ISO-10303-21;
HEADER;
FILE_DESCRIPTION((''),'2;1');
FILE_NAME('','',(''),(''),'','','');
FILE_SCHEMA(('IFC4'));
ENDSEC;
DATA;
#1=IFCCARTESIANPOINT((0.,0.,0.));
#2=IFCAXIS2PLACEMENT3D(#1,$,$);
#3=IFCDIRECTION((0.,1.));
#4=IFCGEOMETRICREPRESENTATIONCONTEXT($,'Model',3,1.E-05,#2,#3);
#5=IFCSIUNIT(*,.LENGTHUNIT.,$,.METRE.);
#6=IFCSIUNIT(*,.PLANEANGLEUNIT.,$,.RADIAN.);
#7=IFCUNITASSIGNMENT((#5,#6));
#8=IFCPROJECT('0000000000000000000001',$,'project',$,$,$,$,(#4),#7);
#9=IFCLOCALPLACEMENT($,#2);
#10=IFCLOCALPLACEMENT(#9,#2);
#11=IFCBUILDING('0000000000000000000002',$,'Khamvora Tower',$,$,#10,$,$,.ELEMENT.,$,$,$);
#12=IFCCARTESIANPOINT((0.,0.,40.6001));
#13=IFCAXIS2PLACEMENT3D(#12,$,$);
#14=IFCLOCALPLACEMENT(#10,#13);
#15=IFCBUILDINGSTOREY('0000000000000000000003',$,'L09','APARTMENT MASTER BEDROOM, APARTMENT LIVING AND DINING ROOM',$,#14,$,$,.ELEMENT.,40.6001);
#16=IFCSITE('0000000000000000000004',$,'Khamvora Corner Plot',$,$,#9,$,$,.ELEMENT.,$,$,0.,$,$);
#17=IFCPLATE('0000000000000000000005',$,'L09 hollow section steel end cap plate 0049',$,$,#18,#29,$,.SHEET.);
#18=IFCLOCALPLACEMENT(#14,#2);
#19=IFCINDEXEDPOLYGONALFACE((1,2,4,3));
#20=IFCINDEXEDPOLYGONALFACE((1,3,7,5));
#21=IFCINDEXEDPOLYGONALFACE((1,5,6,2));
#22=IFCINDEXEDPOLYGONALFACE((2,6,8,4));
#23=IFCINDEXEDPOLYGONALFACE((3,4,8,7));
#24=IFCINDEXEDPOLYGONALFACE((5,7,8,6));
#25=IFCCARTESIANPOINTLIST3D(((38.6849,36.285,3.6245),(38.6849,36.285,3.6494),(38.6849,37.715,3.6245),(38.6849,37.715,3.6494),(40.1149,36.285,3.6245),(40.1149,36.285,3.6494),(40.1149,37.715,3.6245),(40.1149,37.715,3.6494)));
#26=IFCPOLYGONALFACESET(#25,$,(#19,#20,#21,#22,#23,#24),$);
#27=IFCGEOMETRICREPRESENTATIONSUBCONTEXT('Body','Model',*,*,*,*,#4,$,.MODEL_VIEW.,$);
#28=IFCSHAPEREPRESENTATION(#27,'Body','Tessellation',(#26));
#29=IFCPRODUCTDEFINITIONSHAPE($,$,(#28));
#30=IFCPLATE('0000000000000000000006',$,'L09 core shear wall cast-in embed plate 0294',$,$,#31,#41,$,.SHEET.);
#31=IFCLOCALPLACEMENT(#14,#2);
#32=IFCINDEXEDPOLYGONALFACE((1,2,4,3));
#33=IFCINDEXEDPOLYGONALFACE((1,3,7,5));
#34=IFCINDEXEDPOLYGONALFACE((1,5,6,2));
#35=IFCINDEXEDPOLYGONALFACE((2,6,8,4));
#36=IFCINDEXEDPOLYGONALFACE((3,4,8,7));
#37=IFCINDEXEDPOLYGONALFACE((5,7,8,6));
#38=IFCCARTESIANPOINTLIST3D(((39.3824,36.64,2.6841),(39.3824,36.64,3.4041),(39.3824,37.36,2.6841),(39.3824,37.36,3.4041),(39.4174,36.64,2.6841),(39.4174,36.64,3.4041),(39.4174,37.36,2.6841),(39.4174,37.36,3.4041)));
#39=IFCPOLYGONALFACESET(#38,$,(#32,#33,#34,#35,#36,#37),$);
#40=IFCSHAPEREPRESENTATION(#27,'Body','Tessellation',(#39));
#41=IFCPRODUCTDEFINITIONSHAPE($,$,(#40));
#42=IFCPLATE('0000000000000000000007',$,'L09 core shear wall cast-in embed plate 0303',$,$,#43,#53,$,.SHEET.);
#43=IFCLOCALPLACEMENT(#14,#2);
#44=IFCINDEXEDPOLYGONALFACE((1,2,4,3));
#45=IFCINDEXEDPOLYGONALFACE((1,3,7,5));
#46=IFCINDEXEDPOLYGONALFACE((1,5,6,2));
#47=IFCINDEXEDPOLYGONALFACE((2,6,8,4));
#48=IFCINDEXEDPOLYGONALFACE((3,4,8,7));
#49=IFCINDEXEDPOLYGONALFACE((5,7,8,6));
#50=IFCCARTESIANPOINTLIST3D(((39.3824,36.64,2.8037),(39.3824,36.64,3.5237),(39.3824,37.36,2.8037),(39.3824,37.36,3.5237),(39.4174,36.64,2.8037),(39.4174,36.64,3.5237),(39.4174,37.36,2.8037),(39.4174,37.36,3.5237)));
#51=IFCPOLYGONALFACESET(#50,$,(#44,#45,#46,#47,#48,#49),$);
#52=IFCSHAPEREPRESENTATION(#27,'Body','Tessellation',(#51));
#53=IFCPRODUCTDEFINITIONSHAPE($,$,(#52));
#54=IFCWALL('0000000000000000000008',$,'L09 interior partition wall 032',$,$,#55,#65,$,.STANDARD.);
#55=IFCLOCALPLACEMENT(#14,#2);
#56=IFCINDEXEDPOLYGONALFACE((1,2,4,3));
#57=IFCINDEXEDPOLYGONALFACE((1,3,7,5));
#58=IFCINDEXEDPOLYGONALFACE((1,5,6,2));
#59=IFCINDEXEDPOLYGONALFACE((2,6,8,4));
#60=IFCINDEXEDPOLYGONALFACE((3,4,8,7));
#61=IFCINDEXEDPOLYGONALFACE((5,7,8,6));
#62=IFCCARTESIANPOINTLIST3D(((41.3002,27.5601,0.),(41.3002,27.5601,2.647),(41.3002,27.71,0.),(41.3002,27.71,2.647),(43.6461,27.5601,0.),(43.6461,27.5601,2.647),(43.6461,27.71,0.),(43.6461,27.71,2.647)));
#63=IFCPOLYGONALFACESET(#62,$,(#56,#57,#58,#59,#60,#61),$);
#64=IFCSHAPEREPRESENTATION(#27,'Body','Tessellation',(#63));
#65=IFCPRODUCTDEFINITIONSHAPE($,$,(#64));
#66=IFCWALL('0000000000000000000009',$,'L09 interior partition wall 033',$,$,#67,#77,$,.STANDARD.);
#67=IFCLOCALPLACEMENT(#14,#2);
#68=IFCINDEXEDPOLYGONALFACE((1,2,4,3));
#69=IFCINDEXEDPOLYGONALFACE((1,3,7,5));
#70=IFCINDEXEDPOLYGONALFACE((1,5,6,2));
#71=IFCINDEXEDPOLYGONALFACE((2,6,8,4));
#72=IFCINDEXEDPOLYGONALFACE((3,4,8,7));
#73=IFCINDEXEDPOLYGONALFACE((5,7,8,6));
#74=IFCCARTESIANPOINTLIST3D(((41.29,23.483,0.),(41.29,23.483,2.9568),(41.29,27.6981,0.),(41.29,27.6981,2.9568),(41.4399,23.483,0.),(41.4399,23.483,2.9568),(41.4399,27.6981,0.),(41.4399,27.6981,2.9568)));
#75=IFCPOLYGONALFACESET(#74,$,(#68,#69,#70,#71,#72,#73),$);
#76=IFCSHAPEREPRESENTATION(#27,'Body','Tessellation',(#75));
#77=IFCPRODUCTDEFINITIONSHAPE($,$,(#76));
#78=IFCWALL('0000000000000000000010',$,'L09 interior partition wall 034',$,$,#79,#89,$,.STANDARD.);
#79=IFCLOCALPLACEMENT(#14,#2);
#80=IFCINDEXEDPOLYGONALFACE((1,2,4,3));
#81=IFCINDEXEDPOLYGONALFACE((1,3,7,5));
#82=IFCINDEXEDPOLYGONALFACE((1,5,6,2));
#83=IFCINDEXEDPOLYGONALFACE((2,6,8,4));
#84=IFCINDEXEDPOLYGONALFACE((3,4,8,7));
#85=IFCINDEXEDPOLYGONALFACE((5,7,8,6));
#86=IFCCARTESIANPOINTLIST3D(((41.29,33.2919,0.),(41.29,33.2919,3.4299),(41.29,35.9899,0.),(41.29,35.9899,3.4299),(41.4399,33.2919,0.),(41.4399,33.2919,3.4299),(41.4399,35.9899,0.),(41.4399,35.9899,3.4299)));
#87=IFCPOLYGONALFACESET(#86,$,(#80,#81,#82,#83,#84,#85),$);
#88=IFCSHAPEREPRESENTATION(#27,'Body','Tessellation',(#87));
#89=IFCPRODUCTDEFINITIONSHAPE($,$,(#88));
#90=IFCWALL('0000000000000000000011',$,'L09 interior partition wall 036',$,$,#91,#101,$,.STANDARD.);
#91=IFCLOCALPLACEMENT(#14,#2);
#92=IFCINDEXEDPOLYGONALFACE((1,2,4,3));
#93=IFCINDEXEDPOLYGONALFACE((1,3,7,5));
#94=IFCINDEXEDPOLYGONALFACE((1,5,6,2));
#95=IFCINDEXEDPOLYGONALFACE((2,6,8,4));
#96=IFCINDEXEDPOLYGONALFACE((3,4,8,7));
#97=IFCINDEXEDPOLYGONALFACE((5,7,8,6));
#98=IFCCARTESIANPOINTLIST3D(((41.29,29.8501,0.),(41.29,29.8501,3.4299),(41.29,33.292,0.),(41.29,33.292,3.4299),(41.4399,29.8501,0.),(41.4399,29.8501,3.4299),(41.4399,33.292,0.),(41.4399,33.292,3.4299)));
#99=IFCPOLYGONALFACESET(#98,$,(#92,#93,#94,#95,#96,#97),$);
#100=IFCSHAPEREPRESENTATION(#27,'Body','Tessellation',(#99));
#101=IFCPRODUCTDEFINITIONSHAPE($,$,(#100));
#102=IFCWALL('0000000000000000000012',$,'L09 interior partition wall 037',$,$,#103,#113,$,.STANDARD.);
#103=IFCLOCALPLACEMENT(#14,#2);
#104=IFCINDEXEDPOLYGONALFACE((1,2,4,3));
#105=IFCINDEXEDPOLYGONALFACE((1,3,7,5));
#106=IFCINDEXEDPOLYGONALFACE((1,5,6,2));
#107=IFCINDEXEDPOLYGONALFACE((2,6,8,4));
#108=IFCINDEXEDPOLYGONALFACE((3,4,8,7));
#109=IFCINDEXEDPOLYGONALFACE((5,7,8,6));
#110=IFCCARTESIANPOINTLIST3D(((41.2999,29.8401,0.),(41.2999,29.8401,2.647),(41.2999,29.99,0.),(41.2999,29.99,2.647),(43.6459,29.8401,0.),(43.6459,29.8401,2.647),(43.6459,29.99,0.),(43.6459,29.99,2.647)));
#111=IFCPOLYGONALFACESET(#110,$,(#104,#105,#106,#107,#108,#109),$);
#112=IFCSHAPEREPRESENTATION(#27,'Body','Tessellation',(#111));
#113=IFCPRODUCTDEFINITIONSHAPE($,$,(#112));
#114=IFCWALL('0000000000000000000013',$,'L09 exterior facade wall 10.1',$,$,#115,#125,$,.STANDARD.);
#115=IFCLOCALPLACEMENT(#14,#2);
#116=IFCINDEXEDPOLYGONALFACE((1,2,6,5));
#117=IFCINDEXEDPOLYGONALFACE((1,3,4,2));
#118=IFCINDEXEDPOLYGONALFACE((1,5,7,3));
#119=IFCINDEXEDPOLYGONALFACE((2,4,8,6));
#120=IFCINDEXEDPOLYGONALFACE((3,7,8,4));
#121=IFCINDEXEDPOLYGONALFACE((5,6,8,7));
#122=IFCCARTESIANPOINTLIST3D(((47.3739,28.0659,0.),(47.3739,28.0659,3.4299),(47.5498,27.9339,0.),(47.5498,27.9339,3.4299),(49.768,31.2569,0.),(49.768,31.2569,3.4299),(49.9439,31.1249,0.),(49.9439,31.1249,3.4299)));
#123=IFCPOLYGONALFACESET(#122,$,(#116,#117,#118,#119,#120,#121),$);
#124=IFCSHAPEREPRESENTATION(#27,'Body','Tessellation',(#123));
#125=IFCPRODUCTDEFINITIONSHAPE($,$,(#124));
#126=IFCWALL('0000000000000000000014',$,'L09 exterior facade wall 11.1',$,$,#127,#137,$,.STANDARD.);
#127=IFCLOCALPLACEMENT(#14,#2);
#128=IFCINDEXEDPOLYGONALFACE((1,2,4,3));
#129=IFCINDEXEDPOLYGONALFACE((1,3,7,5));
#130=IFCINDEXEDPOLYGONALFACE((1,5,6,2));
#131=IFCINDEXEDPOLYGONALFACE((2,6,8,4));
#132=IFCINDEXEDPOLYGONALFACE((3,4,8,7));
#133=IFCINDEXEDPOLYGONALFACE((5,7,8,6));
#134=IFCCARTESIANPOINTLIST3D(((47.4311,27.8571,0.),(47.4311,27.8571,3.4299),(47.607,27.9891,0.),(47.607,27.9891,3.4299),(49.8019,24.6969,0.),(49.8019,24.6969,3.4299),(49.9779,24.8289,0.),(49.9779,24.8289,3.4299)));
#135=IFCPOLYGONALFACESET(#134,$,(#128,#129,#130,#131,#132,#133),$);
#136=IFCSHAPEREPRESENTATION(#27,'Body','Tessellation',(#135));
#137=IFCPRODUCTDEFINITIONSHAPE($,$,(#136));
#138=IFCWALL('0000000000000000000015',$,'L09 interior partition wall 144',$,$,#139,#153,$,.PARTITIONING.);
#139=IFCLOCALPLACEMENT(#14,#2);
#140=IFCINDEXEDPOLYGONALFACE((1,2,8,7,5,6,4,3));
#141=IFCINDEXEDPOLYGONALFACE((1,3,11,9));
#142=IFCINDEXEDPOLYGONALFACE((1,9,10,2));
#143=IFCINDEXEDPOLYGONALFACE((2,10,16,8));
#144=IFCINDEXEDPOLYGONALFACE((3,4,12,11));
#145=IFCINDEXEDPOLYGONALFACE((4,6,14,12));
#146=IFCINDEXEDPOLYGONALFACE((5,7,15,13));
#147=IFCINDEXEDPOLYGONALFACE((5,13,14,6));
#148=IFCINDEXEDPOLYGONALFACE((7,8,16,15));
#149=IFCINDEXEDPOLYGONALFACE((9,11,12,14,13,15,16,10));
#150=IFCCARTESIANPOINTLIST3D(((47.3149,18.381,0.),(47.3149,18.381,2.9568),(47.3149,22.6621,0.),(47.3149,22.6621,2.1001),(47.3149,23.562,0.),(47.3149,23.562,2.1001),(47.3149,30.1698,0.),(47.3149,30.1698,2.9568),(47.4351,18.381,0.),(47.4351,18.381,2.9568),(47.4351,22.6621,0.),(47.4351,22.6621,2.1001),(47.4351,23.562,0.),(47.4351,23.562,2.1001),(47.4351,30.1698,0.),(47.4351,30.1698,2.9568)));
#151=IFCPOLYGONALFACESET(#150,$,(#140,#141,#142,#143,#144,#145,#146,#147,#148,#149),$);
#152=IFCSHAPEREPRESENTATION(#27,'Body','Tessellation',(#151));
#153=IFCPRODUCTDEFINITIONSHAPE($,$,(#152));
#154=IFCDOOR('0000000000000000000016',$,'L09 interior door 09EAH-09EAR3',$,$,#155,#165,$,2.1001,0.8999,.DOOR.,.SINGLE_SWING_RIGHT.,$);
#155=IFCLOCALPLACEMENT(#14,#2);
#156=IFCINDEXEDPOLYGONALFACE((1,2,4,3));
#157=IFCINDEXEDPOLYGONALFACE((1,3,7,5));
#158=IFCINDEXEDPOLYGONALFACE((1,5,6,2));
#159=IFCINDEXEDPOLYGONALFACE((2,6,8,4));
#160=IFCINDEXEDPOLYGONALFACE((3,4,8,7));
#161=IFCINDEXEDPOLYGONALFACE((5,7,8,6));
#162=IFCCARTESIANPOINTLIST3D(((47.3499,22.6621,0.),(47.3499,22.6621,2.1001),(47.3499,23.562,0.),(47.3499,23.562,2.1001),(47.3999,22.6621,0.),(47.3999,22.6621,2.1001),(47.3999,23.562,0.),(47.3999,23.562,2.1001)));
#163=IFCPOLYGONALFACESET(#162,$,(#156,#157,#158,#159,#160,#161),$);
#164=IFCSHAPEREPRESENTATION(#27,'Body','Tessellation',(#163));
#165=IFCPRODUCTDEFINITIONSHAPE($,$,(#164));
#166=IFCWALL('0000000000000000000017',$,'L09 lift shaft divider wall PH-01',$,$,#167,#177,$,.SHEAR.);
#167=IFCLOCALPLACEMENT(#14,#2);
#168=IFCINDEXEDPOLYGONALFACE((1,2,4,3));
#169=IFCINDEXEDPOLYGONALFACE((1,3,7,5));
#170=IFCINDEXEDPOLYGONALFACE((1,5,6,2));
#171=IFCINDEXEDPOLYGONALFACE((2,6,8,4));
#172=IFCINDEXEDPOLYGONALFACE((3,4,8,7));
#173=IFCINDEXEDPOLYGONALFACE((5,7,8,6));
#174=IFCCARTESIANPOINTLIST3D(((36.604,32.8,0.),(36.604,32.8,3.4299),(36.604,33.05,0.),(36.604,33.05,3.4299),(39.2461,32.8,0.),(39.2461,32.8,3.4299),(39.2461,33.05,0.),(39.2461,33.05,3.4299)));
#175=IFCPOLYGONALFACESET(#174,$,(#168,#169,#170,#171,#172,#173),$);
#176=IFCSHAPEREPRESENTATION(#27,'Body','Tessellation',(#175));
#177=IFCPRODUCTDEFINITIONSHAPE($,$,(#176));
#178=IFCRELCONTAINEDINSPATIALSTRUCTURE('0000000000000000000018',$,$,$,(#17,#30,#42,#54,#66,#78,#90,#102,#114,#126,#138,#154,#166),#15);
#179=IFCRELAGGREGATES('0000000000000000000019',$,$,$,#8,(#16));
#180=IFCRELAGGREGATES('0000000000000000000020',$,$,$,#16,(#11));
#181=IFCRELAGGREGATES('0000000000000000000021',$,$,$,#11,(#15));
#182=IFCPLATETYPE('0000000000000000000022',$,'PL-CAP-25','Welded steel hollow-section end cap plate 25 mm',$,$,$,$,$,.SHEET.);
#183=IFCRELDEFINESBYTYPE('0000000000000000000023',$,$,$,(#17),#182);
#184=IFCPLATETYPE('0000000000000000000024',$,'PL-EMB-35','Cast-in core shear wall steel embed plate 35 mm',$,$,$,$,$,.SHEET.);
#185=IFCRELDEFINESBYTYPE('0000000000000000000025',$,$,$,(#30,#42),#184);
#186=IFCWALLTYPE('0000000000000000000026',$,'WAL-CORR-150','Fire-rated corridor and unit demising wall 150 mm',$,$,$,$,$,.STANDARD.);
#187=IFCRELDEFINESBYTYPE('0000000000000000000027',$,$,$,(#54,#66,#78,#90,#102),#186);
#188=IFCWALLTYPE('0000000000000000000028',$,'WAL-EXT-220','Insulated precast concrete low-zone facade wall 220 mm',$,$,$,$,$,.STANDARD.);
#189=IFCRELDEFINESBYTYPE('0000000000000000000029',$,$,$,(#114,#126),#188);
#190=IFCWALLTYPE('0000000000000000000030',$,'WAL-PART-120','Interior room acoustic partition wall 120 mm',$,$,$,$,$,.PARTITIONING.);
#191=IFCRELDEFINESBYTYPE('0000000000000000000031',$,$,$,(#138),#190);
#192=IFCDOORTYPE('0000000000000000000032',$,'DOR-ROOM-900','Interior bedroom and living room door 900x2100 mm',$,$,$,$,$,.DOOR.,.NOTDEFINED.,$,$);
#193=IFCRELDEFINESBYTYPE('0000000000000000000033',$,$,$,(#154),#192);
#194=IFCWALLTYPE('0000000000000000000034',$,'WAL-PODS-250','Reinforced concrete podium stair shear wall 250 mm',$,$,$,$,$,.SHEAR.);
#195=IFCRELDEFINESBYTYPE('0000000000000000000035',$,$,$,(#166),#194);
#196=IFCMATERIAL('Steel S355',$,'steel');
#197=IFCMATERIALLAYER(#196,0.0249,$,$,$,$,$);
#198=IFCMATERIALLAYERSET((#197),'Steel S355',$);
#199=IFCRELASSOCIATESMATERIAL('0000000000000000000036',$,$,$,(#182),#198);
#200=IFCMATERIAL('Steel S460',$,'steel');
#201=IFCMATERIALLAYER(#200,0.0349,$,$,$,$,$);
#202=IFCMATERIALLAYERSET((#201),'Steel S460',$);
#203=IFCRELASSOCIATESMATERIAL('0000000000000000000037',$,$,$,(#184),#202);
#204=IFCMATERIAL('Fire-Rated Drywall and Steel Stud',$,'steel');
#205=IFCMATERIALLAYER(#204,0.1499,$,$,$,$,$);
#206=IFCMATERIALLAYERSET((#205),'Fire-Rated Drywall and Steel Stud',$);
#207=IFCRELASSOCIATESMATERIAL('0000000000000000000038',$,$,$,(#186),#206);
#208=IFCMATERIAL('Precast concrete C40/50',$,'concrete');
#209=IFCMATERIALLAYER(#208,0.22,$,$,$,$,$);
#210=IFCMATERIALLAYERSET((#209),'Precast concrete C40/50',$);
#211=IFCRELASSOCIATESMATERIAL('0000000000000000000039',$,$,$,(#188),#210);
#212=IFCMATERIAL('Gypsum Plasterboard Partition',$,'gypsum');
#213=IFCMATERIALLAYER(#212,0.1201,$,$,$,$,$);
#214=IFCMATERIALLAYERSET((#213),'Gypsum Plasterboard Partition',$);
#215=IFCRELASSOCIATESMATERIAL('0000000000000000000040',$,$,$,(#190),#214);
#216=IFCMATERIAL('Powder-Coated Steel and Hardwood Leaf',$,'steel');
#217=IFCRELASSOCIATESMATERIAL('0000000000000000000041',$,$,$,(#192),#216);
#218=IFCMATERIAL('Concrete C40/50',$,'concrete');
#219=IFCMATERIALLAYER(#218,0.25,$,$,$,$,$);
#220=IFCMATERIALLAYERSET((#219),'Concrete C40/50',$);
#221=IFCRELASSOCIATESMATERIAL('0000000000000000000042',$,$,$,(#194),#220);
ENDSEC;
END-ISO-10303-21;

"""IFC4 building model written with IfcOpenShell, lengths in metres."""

from ifc_helpers import new_model, si_unit, direction, frame, frame_2d, origin, origin_2d, place, context, subcontext, project, spatial, rectangle, extrude, material, layer, layer_set, type_object, element, fill, save


model = new_model("IFC4")

# Units and contexts
model_context = context("Model", 3, precision=1e-05, world=origin(), true_north=direction((0.0, 1.0)))
body_context = subcontext(model_context, "Body", "Model", "MODEL_VIEW")
ifc_project = project(units=[si_unit("LENGTHUNIT", "METRE"), si_unit("PLANEANGLEUNIT", "RADIAN")], contexts=[model_context])

# Site, building, storey
site_placement = place(None, origin())
site = spatial("IfcSite", under=ifc_project, at=site_placement, Name="Khamvora Corner Plot", CompositionType="ELEMENT", RefElevation=0.0)
building_placement = place(site_placement, origin())
building = spatial("IfcBuilding", under=site, at=building_placement, Name="Khamvora Tower", CompositionType="ELEMENT")
storey_placement = place(building_placement, frame((0.0, 0.0, 40.6001)))
storey = spatial("IfcBuildingStorey", under=building, at=storey_placement, Name="L09", Description="APARTMENT MASTER BEDROOM, APARTMENT LIVING AND DINING ROOM", CompositionType="ELEMENT", Elevation=40.6001)

# Shared definitions
ifc_material_1 = material(Name="Steel S460", Category="steel")

# Shared definitions
ifc_material_2 = material(Name="Steel S355", Category="steel")

# Plates
ifc_layer_1 = layer(ifc_material_2, 0.0249)
ifc_layer_set_1 = layer_set([ifc_layer_1], Name="Steel S355")
plate_type_1 = type_object("IfcPlateType", Name="PL-CAP-25", Description="Welded steel hollow-section end cap plate 25 mm", PredefinedType="SHEET", material=ifc_layer_set_1)
plate_placement = place(storey_placement, frame((39.3999, 37.0, 3.6245), z_axis=(0.0, 0.0, 1.0), x_axis=(1.0, 0.0, 0.0)))
element("IfcPlate", 1, at=plate_placement, inside=storey, type_object=plate_type_1, Name="L09 hollow section steel end cap plate 0049", PredefinedType="SHEET", context=body_context, shape_type="SweptSolid", body=[
    extrude(rectangle(XDim=1.4299, YDim=1.4299, at=origin_2d()), origin(), (0.0, 0.0, 1.0), 0.0249),
])
ifc_layer_2 = layer(ifc_material_1, 0.0349)
ifc_layer_set_2 = layer_set([ifc_layer_2], Name="Steel S460")
plate_type_2 = type_object("IfcPlateType", Name="PL-EMB-35", Description="Cast-in core shear wall steel embed plate 35 mm", PredefinedType="SHEET", material=ifc_layer_set_2)
for number, where, z_axis, x_axis, name in (
    (2, (39.3999, 37.0, 2.6841), (0.0, 0.0, 1.0), (1.0, 0.0, 0.0), "L09 core shear wall cast-in embed plate 0294"),
    (3, (39.3999, 37.0, 2.8037), (0.0, 0.0, 1.0), (1.0, 0.0, 0.0), "L09 core shear wall cast-in embed plate 0303"),
):
    element("IfcPlate", number, at=place(storey_placement, frame(where, z_axis=z_axis, x_axis=x_axis)), inside=storey, type_object=plate_type_2, Name=name, PredefinedType="SHEET", context=body_context, shape_type="SweptSolid", body=[
        extrude(rectangle(XDim=0.0349, YDim=0.72, at=origin_2d()), origin(), (0.0, 0.0, 1.0), 0.72),
    ])

# Walls
ifc_material_3 = material(Name="Fire-Rated Drywall and Steel Stud", Category="steel")
ifc_layer_3 = layer(ifc_material_3, 0.1499)
ifc_layer_set_3 = layer_set([ifc_layer_3], Name="Fire-Rated Drywall and Steel Stud")
wall_type_1 = type_object("IfcWallType", Name="WAL-CORR-150", Description="Fire-rated corridor and unit demising wall 150 mm", PredefinedType="STANDARD", material=ifc_layer_set_3)
wall_1_placement = place(storey_placement, frame((43.646, 27.635, 0.0), z_axis=(0.0, 0.0, 1.0), x_axis=(-1.0, 0.0, 0.0)))
element("IfcWall", 4, at=wall_1_placement, inside=storey, type_object=wall_type_1, Name="L09 interior partition wall 032", PredefinedType="STANDARD", context=body_context, shape_type="SweptSolid", body=[
    extrude(rectangle(XDim=2.3459, YDim=0.1499, at=frame_2d((1.1729, 0.0))), origin(), (0.0, 0.0, 1.0), 2.647),
])
wall_2_placement = place(storey_placement, frame((41.365, 27.698, 0.0), z_axis=(0.0, 0.0, 1.0), x_axis=(0.0, -1.0, 0.0)))
element("IfcWall", 5, at=wall_2_placement, inside=storey, type_object=wall_type_1, Name="L09 interior partition wall 033", PredefinedType="STANDARD", context=body_context, shape_type="SweptSolid", body=[
    extrude(rectangle(XDim=4.2151, YDim=0.1499, at=frame_2d((2.1074, 0.0))), origin(), (0.0, 0.0, 1.0), 2.9568),
])
wall_3_placement = place(storey_placement, frame((41.365, 35.99, 0.0), z_axis=(0.0, 0.0, 1.0), x_axis=(0.0, -1.0, 0.0)))
element("IfcWall", 6, at=wall_3_placement, inside=storey, type_object=wall_type_1, Name="L09 interior partition wall 034", PredefinedType="STANDARD", context=body_context, shape_type="SweptSolid", body=[
    extrude(rectangle(XDim=2.698, YDim=0.1499, at=frame_2d((1.3491, 0.0))), origin(), (0.0, 0.0, 1.0), 3.4299),
])

# Shared definitions
ifc_material_4 = material(Name="Powder-Coated Steel and Hardwood Leaf", Category="steel")

# Walls
wall_4_placement = place(storey_placement, frame((41.365, 33.292, 0.0), z_axis=(0.0, 0.0, 1.0), x_axis=(0.0, -1.0, 0.0)))
element("IfcWall", 7, at=wall_4_placement, inside=storey, type_object=wall_type_1, Name="L09 interior partition wall 036", PredefinedType="STANDARD", context=body_context, shape_type="SweptSolid", body=[
    extrude(rectangle(XDim=3.4419, YDim=0.1499, at=frame_2d((1.7209, 0.0))), origin(), (0.0, 0.0, 1.0), 3.4299),
])
wall_5_placement = place(storey_placement, frame((41.3, 29.915, 0.0), z_axis=(0.0, 0.0, 1.0), x_axis=(1.0, 0.0, 0.0)))
element("IfcWall", 8, at=wall_5_placement, inside=storey, type_object=wall_type_1, Name="L09 interior partition wall 037", PredefinedType="STANDARD", context=body_context, shape_type="SweptSolid", body=[
    extrude(rectangle(XDim=2.3459, YDim=0.1499, at=frame_2d((1.1729, 0.0))), origin(), (0.0, 0.0, 1.0), 2.647),
])
ifc_material_5 = material(Name="Precast concrete C40/50", Category="concrete")
ifc_layer_4 = layer(ifc_material_5, 0.22)
ifc_layer_set_4 = layer_set([ifc_layer_4], Name="Precast concrete C40/50")
wall_type_2 = type_object("IfcWallType", Name="WAL-EXT-220", Description="Insulated precast concrete low-zone facade wall 220 mm", PredefinedType="STANDARD", material=ifc_layer_set_4)
wall_6_placement = place(storey_placement, frame((49.856, 31.1909, 0.0), z_axis=(0.0, 0.0, 1.0), x_axis=(-0.600137, -0.799897, 0.0)))
element("IfcWall", 9, at=wall_6_placement, inside=storey, type_object=wall_type_2, Name="L09 exterior facade wall 10.1", PredefinedType="STANDARD", context=body_context, shape_type="SweptSolid", body=[
    extrude(rectangle(XDim=3.9893, YDim=0.22, at=frame_2d((1.9946, 0.0))), origin(), (0.0, 0.0, 1.0), 3.4299),
])
wall_7_placement = place(storey_placement, frame((47.519, 27.9231, 0.0), z_axis=(0.0, 0.0, 1.0), x_axis=(0.600119, -0.799911, 0.0)))
element("IfcWall", 10, at=wall_7_placement, inside=storey, type_object=wall_type_2, Name="L09 exterior facade wall 11.1", PredefinedType="STANDARD", context=body_context, shape_type="SweptSolid", body=[
    extrude(rectangle(XDim=3.9507, YDim=0.22, at=frame_2d((1.9753, 0.0))), origin(), (0.0, 0.0, 1.0), 3.4299),
])

# Wall, opening, door
ifc_material_6 = material(Name="Gypsum Plasterboard Partition", Category="gypsum")
ifc_layer_5 = layer(ifc_material_6, 0.1201)
ifc_layer_set_5 = layer_set([ifc_layer_5], Name="Gypsum Plasterboard Partition")
wall_type_3 = type_object("IfcWallType", Name="WAL-PART-120", Description="Interior room acoustic partition wall 120 mm", PredefinedType="PARTITIONING", material=ifc_layer_set_5)
wall_8_placement = place(storey_placement, frame((47.375, 30.1699, 0.0), z_axis=(0.0, 0.0, 1.0), x_axis=(0.0, -1.0, 0.0)))
wall_8 = element("IfcWall", 11, at=wall_8_placement, inside=storey, type_object=wall_type_3, Name="L09 interior partition wall 144", PredefinedType="PARTITIONING", context=body_context, shape_type="SweptSolid", body=[
    extrude(rectangle(XDim=11.7888, YDim=0.1201, at=frame_2d((5.8945, 0.0))), origin(), (0.0, 0.0, 1.0), 2.9568),
])
opening_1_placement = place(wall_8_placement, frame((6.6079, 0.0, 0.0)))
opening_1 = element("IfcOpeningElement", 12, at=opening_1_placement, cuts=wall_8, PredefinedType="OPENING", context=body_context, shape_type="SweptSolid", body=[
    extrude(rectangle(XDim=0.8999, YDim=2.1001, at=frame_2d((0.45, 1.05))), frame((0.0, 0.0701, 0.0), z_axis=(0.0, -1.0, 0.0), x_axis=(1.0, 0.0, 0.0)), (0.0, 0.0, 1.0), 0.1401),
])
door_type_1 = type_object("IfcDoorType", Name="DOR-ROOM-900", Description="Interior bedroom and living room door 900x2100 mm", OperationType="NOTDEFINED", PredefinedType="DOOR", material=ifc_material_4)
door_1_placement = place(opening_1_placement, origin())
door_1 = element("IfcDoor", 13, at=door_1_placement, inside=storey, type_object=door_type_1, Name="L09 interior door 09EAH-09EAR3", OperationType="SINGLE_SWING_RIGHT", OverallHeight=2.1001, OverallWidth=0.8999, PredefinedType="DOOR", context=body_context, shape_type="SweptSolid", body=[
    extrude(rectangle(XDim=0.8999, YDim=2.1001, at=frame_2d((0.45, 1.05))), frame((0.0, 0.0249, 0.0), z_axis=(0.0, -1.0, 0.0), x_axis=(1.0, 0.0, 0.0)), (0.0, 0.0, 1.0), 0.05),
])
fill(opening_1, door_1)

# Wall
ifc_material_7 = material(Name="Concrete C40/50", Category="concrete")
ifc_layer_6 = layer(ifc_material_7, 0.25)
ifc_layer_set_6 = layer_set([ifc_layer_6], Name="Concrete C40/50")
wall_type_4 = type_object("IfcWallType", Name="WAL-PODS-250", Description="Reinforced concrete podium stair shear wall 250 mm", PredefinedType="SHEAR", material=ifc_layer_set_6)
for number, where, z_axis, x_axis, name in (
    (14, (36.604, 32.925, 0.0), (0.0, 0.0, 1.0), (1.0, 0.0, 0.0), "L09 lift shaft divider wall PH-01"),
):
    element("IfcWall", number, at=place(storey_placement, frame(where, z_axis=z_axis, x_axis=x_axis)), inside=storey, type_object=wall_type_4, Name=name, PredefinedType="SHEAR", context=body_context, shape_type="SweptSolid", body=[
        extrude(rectangle(XDim=2.6421, YDim=0.25, at=frame_2d((1.321, 0.0))), origin(), (0.0, 0.0, 1.0), 3.4299),
    ])

save(model, "model.ifc")
